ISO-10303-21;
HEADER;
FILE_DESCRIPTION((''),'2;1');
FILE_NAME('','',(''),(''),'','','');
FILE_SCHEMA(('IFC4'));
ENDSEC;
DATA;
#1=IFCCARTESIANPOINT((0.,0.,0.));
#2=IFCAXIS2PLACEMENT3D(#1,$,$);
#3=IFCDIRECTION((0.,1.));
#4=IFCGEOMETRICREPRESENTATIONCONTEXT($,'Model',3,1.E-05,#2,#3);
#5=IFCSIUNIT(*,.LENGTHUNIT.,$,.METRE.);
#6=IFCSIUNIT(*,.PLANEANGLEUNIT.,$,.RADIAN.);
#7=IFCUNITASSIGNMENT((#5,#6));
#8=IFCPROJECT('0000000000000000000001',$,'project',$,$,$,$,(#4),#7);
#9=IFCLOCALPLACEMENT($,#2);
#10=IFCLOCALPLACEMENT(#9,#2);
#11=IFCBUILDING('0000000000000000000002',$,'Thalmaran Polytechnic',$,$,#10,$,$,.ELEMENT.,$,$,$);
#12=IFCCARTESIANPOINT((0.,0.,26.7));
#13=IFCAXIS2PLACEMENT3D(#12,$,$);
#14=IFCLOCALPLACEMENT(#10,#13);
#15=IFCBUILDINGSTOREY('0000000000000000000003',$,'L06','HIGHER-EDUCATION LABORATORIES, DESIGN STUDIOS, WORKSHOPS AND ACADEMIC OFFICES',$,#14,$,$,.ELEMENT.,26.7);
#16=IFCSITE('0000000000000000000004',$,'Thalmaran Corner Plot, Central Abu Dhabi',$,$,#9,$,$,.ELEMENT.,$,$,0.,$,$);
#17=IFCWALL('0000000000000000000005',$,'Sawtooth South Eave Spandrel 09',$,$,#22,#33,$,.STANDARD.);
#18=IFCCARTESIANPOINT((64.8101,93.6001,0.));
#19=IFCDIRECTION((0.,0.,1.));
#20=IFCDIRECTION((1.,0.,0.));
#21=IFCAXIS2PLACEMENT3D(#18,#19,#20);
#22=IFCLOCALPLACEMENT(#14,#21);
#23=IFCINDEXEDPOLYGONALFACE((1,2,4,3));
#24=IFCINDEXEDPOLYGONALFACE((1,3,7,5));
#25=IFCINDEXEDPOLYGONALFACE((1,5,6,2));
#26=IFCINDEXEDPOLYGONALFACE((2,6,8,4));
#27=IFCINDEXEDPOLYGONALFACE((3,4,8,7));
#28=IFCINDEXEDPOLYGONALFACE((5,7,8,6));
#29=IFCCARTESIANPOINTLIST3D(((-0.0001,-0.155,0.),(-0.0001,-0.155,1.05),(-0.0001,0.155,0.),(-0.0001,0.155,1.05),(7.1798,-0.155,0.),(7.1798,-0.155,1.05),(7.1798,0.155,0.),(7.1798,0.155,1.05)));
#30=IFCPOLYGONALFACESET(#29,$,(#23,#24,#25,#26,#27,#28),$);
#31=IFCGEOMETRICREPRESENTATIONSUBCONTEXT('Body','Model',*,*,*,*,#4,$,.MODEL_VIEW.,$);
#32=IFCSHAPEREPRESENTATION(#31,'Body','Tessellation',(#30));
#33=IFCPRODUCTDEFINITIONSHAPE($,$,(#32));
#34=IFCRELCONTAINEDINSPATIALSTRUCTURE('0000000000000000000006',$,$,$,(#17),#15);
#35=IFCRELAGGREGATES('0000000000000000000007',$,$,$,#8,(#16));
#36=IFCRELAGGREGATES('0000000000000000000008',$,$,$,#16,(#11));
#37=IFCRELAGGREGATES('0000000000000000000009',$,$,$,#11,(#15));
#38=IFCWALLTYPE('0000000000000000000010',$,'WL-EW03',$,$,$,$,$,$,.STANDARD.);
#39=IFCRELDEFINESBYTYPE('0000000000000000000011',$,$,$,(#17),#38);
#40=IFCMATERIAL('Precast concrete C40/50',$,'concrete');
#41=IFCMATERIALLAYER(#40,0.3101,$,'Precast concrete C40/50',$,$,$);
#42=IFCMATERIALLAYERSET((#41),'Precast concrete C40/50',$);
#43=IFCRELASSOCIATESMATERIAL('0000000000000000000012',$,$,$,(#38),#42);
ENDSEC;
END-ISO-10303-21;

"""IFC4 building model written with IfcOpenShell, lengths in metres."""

from ifc_helpers import new_model, si_unit, direction, frame, frame_2d, origin, place, context, subcontext, project, spatial, rectangle, extrude, material, layer, layer_set, type_object, element, save


model = new_model("IFC4")

# Units and contexts
model_context = context("Model", 3, precision=1e-05, world=origin(), true_north=direction((0.0, 1.0)))
body_context = subcontext(model_context, "Body", "Model", "MODEL_VIEW")
ifc_project = project(units=[si_unit("LENGTHUNIT", "METRE"), si_unit("PLANEANGLEUNIT", "RADIAN")], contexts=[model_context])

# Site, building, storey
site_placement = place(None, origin())
site = spatial("IfcSite", under=ifc_project, at=site_placement, Name="Thalmaran Corner Plot, Central Abu Dhabi", CompositionType="ELEMENT", RefElevation=0.0)
building_placement = place(site_placement, origin())
building = spatial("IfcBuilding", under=site, at=building_placement, Name="Thalmaran Polytechnic", CompositionType="ELEMENT")
storey_placement = place(building_placement, frame((0.0, 0.0, 26.7)))
storey = spatial("IfcBuildingStorey", under=building, at=storey_placement, Name="L06", Description="HIGHER-EDUCATION LABORATORIES, DESIGN STUDIOS, WORKSHOPS AND ACADEMIC OFFICES", CompositionType="ELEMENT", Elevation=26.7)

# Wall
ifc_material_1 = material(Name="Precast concrete C40/50", Category="concrete")
ifc_layer_1 = layer(ifc_material_1, 0.3101, Name="Precast concrete C40/50")
ifc_layer_set_1 = layer_set([ifc_layer_1], Name="Precast concrete C40/50")
wall_type = type_object("IfcWallType", Name="WL-EW03", PredefinedType="STANDARD", material=ifc_layer_set_1)
for number, where, z_axis, x_axis, name in (
    (1, (64.8101, 93.6001, 0.0), (0.0, 0.0, 1.0), (1.0, 0.0, 0.0), "Sawtooth South Eave Spandrel 09"),
):
    element("IfcWall", number, at=place(storey_placement, frame(where, z_axis=z_axis, x_axis=x_axis)), inside=storey, type_object=wall_type, Name=name, PredefinedType="STANDARD", context=body_context, shape_type="SweptSolid", body=[
        extrude(rectangle(XDim=7.1799, YDim=0.3101, at=frame_2d((3.5898, 0.0))), origin(), (0.0, 0.0, 1.0), 1.05),
    ])

save(model, "model.ifc")
